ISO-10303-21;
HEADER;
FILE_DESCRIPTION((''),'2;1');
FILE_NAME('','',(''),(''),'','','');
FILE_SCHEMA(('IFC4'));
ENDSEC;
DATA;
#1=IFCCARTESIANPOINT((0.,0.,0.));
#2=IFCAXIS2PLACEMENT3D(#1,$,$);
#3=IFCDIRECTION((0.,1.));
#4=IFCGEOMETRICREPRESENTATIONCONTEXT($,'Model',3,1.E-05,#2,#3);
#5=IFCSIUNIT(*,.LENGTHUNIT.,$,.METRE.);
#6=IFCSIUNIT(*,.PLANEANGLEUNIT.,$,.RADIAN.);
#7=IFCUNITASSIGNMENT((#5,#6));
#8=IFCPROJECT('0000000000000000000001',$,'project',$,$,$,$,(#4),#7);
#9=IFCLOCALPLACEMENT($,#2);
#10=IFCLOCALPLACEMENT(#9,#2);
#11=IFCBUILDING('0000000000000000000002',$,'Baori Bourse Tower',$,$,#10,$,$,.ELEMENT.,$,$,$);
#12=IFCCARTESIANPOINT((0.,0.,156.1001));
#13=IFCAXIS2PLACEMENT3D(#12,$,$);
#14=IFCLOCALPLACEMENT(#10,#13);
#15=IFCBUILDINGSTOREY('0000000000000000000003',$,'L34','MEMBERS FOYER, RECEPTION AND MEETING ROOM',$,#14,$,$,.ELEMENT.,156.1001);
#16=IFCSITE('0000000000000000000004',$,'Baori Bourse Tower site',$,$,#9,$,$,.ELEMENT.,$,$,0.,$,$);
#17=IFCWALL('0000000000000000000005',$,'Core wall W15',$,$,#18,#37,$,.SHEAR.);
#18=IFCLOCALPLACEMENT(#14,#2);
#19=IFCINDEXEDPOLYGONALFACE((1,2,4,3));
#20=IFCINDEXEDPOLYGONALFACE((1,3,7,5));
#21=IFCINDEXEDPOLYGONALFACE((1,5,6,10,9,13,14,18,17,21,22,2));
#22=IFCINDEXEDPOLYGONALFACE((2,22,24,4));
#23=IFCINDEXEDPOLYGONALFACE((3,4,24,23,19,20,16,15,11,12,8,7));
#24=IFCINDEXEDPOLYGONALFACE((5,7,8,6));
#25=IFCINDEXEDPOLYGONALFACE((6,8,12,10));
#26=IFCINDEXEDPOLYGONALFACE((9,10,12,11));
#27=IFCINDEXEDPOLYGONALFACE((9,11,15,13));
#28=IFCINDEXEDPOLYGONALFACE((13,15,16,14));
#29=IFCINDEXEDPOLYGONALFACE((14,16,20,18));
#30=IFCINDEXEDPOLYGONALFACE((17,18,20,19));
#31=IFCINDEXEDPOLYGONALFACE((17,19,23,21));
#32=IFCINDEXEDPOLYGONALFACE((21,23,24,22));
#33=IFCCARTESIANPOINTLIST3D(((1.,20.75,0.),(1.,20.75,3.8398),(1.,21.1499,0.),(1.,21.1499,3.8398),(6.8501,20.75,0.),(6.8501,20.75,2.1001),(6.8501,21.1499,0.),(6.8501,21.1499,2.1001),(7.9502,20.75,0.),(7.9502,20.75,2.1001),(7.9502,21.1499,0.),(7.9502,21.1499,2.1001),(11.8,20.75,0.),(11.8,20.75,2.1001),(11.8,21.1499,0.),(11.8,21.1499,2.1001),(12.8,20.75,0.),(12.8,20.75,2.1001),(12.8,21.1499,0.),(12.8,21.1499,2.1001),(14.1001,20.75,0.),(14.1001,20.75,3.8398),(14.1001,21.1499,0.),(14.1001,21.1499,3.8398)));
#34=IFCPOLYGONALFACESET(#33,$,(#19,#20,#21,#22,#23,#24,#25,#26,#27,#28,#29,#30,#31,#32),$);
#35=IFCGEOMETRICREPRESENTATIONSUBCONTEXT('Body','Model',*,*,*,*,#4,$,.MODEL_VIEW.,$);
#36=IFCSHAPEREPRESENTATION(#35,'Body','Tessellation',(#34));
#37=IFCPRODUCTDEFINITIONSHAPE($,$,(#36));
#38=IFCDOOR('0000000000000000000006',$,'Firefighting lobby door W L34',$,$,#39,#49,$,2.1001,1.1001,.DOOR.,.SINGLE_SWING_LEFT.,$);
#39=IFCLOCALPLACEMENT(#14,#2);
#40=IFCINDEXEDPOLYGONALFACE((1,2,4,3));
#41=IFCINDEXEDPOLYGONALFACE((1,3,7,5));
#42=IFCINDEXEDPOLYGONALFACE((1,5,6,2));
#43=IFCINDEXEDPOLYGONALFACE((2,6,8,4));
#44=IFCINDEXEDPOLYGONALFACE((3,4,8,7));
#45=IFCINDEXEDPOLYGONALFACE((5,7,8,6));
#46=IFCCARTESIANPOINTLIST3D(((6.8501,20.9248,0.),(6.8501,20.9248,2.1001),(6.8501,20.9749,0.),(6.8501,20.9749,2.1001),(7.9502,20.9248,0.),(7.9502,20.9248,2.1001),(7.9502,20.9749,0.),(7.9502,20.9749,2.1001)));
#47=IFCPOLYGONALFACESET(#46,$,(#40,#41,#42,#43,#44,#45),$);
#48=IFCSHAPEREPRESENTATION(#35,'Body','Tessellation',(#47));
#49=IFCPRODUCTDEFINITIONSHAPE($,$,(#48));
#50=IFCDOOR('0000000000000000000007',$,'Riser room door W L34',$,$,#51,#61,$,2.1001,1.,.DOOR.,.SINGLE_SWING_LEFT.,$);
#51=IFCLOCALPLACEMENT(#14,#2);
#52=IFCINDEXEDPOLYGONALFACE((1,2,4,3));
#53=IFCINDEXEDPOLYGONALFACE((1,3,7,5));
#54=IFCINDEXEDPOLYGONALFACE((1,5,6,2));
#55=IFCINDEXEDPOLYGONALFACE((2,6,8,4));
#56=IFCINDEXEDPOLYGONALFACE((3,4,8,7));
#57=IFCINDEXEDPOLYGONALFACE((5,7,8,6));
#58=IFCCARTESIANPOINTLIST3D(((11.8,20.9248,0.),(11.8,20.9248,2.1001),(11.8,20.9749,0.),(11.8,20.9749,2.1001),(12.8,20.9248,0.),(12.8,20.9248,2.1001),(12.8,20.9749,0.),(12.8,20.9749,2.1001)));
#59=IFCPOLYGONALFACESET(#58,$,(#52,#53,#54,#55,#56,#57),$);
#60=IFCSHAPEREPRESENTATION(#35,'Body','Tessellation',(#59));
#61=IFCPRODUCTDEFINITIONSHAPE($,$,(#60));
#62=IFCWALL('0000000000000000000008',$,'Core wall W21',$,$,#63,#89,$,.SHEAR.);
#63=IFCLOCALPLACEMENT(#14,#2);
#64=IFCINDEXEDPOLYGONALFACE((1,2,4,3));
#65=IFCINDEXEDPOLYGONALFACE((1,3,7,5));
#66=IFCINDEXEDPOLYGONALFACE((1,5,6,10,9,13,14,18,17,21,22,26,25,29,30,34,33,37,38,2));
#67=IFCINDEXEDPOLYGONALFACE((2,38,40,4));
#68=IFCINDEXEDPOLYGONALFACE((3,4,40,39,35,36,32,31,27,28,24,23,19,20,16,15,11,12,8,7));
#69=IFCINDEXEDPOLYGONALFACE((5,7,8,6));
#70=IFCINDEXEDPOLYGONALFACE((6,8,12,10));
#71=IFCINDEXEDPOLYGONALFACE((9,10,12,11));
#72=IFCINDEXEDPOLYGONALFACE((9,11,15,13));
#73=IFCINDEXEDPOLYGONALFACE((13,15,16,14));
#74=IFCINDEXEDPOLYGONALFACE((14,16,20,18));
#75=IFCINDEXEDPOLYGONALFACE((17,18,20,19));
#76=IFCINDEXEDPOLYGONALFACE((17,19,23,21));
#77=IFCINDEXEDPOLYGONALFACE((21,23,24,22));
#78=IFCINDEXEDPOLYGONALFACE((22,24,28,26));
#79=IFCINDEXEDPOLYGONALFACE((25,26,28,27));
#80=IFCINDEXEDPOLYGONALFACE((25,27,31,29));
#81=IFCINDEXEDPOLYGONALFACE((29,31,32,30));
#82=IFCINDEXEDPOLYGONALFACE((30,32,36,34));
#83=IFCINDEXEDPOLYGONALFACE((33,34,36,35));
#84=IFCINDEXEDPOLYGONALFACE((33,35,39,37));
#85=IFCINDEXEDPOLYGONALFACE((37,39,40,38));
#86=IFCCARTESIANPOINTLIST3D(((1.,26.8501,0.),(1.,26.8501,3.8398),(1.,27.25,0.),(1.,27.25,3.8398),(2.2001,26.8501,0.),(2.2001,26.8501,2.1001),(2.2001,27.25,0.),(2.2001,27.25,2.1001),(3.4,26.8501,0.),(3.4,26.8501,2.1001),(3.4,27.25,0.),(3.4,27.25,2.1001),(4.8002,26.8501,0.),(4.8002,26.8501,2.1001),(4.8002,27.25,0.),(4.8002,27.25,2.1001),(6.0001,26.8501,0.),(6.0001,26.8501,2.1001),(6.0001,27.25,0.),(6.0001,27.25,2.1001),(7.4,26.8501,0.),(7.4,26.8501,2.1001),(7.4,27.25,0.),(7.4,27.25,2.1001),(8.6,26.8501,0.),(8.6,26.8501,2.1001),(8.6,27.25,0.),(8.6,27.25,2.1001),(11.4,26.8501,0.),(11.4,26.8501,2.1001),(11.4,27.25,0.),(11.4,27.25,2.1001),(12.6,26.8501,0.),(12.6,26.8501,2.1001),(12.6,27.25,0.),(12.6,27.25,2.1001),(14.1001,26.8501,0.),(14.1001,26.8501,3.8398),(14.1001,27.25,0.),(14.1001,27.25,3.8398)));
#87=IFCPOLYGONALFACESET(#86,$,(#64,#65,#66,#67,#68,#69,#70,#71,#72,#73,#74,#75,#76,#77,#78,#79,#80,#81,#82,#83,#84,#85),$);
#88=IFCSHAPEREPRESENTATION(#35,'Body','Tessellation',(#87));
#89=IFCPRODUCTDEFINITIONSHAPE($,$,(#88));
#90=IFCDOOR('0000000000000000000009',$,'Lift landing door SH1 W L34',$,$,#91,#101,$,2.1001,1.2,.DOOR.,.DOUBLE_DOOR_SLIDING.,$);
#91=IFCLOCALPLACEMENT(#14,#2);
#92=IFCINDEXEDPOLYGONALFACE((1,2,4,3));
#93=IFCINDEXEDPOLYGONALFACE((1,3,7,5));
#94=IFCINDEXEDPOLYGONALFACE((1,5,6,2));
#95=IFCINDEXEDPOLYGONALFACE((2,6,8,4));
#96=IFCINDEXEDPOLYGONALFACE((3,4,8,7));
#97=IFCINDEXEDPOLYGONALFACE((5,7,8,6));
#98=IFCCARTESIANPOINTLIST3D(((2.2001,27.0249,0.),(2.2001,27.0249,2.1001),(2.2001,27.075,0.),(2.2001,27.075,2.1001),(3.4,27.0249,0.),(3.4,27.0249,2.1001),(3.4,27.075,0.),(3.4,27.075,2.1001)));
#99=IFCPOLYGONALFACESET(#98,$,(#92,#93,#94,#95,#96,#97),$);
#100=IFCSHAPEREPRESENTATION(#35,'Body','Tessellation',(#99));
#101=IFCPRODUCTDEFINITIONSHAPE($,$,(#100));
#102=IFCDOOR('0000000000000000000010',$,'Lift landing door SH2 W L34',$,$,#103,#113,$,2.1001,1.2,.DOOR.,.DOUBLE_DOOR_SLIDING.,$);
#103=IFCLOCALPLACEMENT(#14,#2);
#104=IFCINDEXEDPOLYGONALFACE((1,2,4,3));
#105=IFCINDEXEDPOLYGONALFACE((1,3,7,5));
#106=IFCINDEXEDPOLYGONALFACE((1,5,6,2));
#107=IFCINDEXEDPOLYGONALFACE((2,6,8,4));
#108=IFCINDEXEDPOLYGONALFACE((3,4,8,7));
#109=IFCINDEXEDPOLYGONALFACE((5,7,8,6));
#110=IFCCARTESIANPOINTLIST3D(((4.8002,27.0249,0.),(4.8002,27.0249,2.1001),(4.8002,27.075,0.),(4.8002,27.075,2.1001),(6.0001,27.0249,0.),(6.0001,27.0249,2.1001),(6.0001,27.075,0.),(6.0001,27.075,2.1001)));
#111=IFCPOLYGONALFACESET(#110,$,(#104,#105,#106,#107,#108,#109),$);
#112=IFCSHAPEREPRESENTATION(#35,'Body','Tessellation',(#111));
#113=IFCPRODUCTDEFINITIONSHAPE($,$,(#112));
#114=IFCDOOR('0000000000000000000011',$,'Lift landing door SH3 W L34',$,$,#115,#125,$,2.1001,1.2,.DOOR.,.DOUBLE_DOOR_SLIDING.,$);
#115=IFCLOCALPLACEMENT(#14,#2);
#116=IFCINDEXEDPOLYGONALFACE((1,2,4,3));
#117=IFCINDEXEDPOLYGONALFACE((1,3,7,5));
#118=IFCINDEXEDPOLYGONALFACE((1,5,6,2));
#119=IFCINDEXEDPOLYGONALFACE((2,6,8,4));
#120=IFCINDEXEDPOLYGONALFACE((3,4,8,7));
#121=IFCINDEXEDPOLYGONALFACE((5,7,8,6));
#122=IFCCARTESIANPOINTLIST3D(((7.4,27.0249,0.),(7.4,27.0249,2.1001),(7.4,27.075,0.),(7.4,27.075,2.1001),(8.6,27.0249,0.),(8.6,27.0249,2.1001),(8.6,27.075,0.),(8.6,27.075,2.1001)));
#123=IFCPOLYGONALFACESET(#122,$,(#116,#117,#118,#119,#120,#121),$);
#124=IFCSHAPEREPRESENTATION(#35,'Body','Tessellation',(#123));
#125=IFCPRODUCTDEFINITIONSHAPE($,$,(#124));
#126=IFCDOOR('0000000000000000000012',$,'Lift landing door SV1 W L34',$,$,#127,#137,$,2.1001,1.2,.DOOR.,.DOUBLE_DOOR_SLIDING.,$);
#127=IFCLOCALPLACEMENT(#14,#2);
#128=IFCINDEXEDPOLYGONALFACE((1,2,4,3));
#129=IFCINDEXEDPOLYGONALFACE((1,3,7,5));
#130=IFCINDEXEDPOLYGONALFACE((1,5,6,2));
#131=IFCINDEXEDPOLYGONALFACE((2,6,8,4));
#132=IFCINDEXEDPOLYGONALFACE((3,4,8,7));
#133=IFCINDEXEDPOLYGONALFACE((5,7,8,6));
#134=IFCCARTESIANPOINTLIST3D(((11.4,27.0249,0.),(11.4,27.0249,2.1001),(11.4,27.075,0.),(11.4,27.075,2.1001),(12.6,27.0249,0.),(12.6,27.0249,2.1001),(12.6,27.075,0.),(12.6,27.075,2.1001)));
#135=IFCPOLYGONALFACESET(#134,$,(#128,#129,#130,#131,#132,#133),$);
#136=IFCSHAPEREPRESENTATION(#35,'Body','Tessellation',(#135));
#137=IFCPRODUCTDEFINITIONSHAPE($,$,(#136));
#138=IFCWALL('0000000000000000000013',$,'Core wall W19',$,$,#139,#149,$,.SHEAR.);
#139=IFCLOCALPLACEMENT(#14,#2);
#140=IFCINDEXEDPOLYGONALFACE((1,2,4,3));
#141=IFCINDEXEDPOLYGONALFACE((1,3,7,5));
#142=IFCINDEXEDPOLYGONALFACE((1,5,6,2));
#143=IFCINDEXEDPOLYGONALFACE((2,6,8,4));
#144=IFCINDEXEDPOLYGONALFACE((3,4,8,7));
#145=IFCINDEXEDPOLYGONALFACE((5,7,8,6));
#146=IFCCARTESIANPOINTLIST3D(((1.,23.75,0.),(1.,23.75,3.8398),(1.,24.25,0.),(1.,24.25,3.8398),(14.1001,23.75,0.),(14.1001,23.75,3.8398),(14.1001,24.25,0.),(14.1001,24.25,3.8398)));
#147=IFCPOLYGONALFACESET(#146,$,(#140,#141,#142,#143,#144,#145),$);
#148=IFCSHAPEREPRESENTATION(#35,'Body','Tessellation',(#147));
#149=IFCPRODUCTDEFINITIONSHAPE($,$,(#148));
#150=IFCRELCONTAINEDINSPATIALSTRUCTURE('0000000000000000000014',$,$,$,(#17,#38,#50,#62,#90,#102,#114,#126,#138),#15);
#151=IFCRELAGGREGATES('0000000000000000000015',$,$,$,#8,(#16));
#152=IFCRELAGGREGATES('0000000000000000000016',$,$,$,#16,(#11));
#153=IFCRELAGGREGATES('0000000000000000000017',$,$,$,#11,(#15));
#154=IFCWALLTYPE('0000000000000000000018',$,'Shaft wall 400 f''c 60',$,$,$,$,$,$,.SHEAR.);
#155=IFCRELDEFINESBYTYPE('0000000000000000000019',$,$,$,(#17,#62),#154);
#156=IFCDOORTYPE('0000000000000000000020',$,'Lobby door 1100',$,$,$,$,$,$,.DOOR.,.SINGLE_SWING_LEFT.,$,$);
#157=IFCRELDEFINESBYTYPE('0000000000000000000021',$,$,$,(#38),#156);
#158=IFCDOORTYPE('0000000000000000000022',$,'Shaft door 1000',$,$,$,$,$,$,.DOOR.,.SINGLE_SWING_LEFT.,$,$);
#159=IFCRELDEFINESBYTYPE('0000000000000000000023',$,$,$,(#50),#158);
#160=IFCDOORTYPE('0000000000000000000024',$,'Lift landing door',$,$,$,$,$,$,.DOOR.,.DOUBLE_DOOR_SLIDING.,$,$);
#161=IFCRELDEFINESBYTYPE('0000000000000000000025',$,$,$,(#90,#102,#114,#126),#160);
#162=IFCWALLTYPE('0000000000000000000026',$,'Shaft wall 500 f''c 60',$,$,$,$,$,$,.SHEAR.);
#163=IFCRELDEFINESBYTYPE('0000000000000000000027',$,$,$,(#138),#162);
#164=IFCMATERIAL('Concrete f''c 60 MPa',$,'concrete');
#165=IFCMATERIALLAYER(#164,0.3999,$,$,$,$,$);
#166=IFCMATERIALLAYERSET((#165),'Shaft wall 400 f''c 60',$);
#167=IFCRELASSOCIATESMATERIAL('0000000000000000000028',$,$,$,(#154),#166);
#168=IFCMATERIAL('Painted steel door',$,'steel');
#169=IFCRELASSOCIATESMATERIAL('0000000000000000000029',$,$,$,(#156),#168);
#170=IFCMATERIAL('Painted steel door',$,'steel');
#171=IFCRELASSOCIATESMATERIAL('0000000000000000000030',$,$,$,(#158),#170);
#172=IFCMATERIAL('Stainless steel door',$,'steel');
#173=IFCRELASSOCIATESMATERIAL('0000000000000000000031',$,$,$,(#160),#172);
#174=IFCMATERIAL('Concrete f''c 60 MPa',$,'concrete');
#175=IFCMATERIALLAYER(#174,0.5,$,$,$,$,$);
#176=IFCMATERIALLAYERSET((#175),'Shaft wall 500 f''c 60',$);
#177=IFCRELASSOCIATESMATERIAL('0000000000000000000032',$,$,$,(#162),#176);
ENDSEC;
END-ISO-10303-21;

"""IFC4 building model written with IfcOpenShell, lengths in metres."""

from ifc_helpers import new_model, si_unit, direction, frame, frame_2d, origin, place, context, subcontext, project, spatial, rectangle, extrude, material, layer, layer_set, type_object, element, fill, save


model = new_model("IFC4")

# Units and contexts
model_context = context("Model", 3, precision=1e-05, world=origin(), true_north=direction((0.0, 1.0)))
body_context = subcontext(model_context, "Body", "Model", "MODEL_VIEW")
ifc_project = project(units=[si_unit("LENGTHUNIT", "METRE"), si_unit("PLANEANGLEUNIT", "RADIAN")], contexts=[model_context])

# Site, building, storey
site_placement = place(None, origin())
site = spatial("IfcSite", under=ifc_project, at=site_placement, Name="Baori Bourse Tower site", CompositionType="ELEMENT", RefElevation=0.0)
building_placement = place(site_placement, origin())
building = spatial("IfcBuilding", under=site, at=building_placement, Name="Baori Bourse Tower", CompositionType="ELEMENT")
storey_placement = place(building_placement, frame((0.0, 0.0, 156.1001)))
storey = spatial("IfcBuildingStorey", under=building, at=storey_placement, Name="L34", Description="MEMBERS FOYER, RECEPTION AND MEETING ROOM", CompositionType="ELEMENT", Elevation=156.1001)

# Shared definitions
ifc_material_1 = material(Name="Concrete f'c 60 MPa", Category="concrete")
ifc_layer_1 = layer(ifc_material_1, 0.3999)
ifc_layer_set_1 = layer_set([ifc_layer_1], Name="Shaft wall 400 f'c 60")
wall_type_1 = type_object("IfcWallType", Name="Shaft wall 400 f'c 60", PredefinedType="SHEAR", material=ifc_layer_set_1)

# Walls, openings, doors
wall_1_placement = place(storey_placement, frame((1.0, 20.95, 0.0), z_axis=(0.0, 0.0, 1.0), x_axis=(1.0, 0.0, 0.0)))
wall_1 = element("IfcWall", 1, at=wall_1_placement, inside=storey, type_object=wall_type_1, Name="Core wall W15", PredefinedType="SHEAR", context=body_context, shape_type="SweptSolid", body=[
    extrude(rectangle(XDim=13.1001, YDim=0.3999, at=frame_2d((6.55, 0.0))), origin(), (0.0, 0.0, 1.0), 3.8398),
])
opening_1_placement = place(wall_1_placement, frame((5.8501, 0.0, 0.0)))
opening_1 = element("IfcOpeningElement", 2, at=opening_1_placement, cuts=wall_1, PredefinedType="OPENING", context=body_context, shape_type="SweptSolid", body=[
    extrude(rectangle(XDim=1.1001, YDim=2.1001, at=frame_2d((0.55, 1.05))), frame((0.0, 0.21, 0.0), z_axis=(0.0, -1.0, 0.0), x_axis=(1.0, 0.0, 0.0)), (0.0, 0.0, 1.0), 0.4199),
])
opening_2_placement = place(wall_1_placement, frame((10.8, 0.0, 0.0)))
opening_2 = element("IfcOpeningElement", 3, at=opening_2_placement, cuts=wall_1, PredefinedType="OPENING", context=body_context, shape_type="SweptSolid", body=[
    extrude(rectangle(XDim=1.0, YDim=2.1001, at=frame_2d((0.5, 1.05))), frame((0.0, 0.21, 0.0), z_axis=(0.0, -1.0, 0.0), x_axis=(1.0, 0.0, 0.0)), (0.0, 0.0, 1.0), 0.4199),
])
ifc_material_2 = material(Name="Painted steel door", Category="steel")
door_type_1 = type_object("IfcDoorType", Name="Lobby door 1100", OperationType="SINGLE_SWING_LEFT", PredefinedType="DOOR", material=ifc_material_2)
door_1_placement = place(opening_1_placement, origin())
door_1 = element("IfcDoor", 4, at=door_1_placement, inside=storey, type_object=door_type_1, Name="Firefighting lobby door W L34", OperationType="SINGLE_SWING_LEFT", OverallHeight=2.1001, OverallWidth=1.1001, PredefinedType="DOOR", context=body_context, shape_type="SweptSolid", body=[
    extrude(rectangle(XDim=1.1001, YDim=2.1001, at=frame_2d((0.55, 1.05))), frame((0.0, 0.0249, 0.0), z_axis=(0.0, -1.0, 0.0), x_axis=(1.0, 0.0, 0.0)), (0.0, 0.0, 1.0), 0.05),
])
fill(opening_1, door_1)
ifc_material_3 = material(Name="Painted steel door", Category="steel")
door_type_2 = type_object("IfcDoorType", Name="Shaft door 1000", OperationType="SINGLE_SWING_LEFT", PredefinedType="DOOR", material=ifc_material_3)
door_2_placement = place(opening_2_placement, origin())
door_2 = element("IfcDoor", 5, at=door_2_placement, inside=storey, type_object=door_type_2, Name="Riser room door W L34", OperationType="SINGLE_SWING_LEFT", OverallHeight=2.1001, OverallWidth=1.0, PredefinedType="DOOR", context=body_context, shape_type="SweptSolid", body=[
    extrude(rectangle(XDim=1.0, YDim=2.1001, at=frame_2d((0.5, 1.05))), frame((0.0, 0.0249, 0.0), z_axis=(0.0, -1.0, 0.0), x_axis=(1.0, 0.0, 0.0)), (0.0, 0.0, 1.0), 0.05),
])
fill(opening_2, door_2)
wall_2_placement = place(storey_placement, frame((1.0, 27.05, 0.0), z_axis=(0.0, 0.0, 1.0), x_axis=(1.0, 0.0, 0.0)))
wall_2 = element("IfcWall", 6, at=wall_2_placement, inside=storey, type_object=wall_type_1, Name="Core wall W21", PredefinedType="SHEAR", context=body_context, shape_type="SweptSolid", body=[
    extrude(rectangle(XDim=13.1001, YDim=0.3999, at=frame_2d((6.55, 0.0))), origin(), (0.0, 0.0, 1.0), 3.8398),
])
opening_3_placement = place(wall_2_placement, frame((1.2, 0.0, 0.0)))
opening_3 = element("IfcOpeningElement", 7, at=opening_3_placement, cuts=wall_2, PredefinedType="OPENING", context=body_context, shape_type="SweptSolid", body=[
    extrude(rectangle(XDim=1.2, YDim=2.1001, at=frame_2d((0.6001, 1.05))), frame((0.0, 0.21, 0.0), z_axis=(0.0, -1.0, 0.0), x_axis=(1.0, 0.0, 0.0)), (0.0, 0.0, 1.0), 0.4199),
])
opening_4_placement = place(wall_2_placement, frame((3.8, 0.0, 0.0)))
opening_4 = element("IfcOpeningElement", 8, at=opening_4_placement, cuts=wall_2, PredefinedType="OPENING", context=body_context, shape_type="SweptSolid", body=[
    extrude(rectangle(XDim=1.2, YDim=2.1001, at=frame_2d((0.6001, 1.05))), frame((0.0, 0.21, 0.0), z_axis=(0.0, -1.0, 0.0), x_axis=(1.0, 0.0, 0.0)), (0.0, 0.0, 1.0), 0.4199),
])
opening_5_placement = place(wall_2_placement, frame((6.3999, 0.0, 0.0)))
opening_5 = element("IfcOpeningElement", 9, at=opening_5_placement, cuts=wall_2, PredefinedType="OPENING", context=body_context, shape_type="SweptSolid", body=[
    extrude(rectangle(XDim=1.2, YDim=2.1001, at=frame_2d((0.6001, 1.05))), frame((0.0, 0.21, 0.0), z_axis=(0.0, -1.0, 0.0), x_axis=(1.0, 0.0, 0.0)), (0.0, 0.0, 1.0), 0.4199),
])
opening_6_placement = place(wall_2_placement, frame((10.3999, 0.0, 0.0)))
opening_6 = element("IfcOpeningElement", 10, at=opening_6_placement, cuts=wall_2, PredefinedType="OPENING", context=body_context, shape_type="SweptSolid", body=[
    extrude(rectangle(XDim=1.2, YDim=2.1001, at=frame_2d((0.6001, 1.05))), frame((0.0, 0.21, 0.0), z_axis=(0.0, -1.0, 0.0), x_axis=(1.0, 0.0, 0.0)), (0.0, 0.0, 1.0), 0.4199),
])
ifc_material_4 = material(Name="Stainless steel door", Category="steel")
door_type_3 = type_object("IfcDoorType", Name="Lift landing door", OperationType="DOUBLE_DOOR_SLIDING", PredefinedType="DOOR", material=ifc_material_4)
door_3_placement = place(opening_3_placement, origin())
door_3 = element("IfcDoor", 11, at=door_3_placement, inside=storey, type_object=door_type_3, Name="Lift landing door SH1 W L34", OperationType="DOUBLE_DOOR_SLIDING", OverallHeight=2.1001, OverallWidth=1.2, PredefinedType="DOOR", context=body_context, shape_type="SweptSolid", body=[
    extrude(rectangle(XDim=1.2, YDim=2.1001, at=frame_2d((0.6001, 1.05))), frame((0.0, 0.0249, 0.0), z_axis=(0.0, -1.0, 0.0), x_axis=(1.0, 0.0, 0.0)), (0.0, 0.0, 1.0), 0.05),
])
fill(opening_3, door_3)
door_4_placement = place(opening_4_placement, origin())
door_4 = element("IfcDoor", 12, at=door_4_placement, inside=storey, type_object=door_type_3, Name="Lift landing door SH2 W L34", OperationType="DOUBLE_DOOR_SLIDING", OverallHeight=2.1001, OverallWidth=1.2, PredefinedType="DOOR", context=body_context, shape_type="SweptSolid", body=[
    extrude(rectangle(XDim=1.2, YDim=2.1001, at=frame_2d((0.6001, 1.05))), frame((0.0, 0.0249, 0.0), z_axis=(0.0, -1.0, 0.0), x_axis=(1.0, 0.0, 0.0)), (0.0, 0.0, 1.0), 0.05),
])
fill(opening_4, door_4)
door_5_placement = place(opening_5_placement, origin())
door_5 = element("IfcDoor", 13, at=door_5_placement, inside=storey, type_object=door_type_3, Name="Lift landing door SH3 W L34", OperationType="DOUBLE_DOOR_SLIDING", OverallHeight=2.1001, OverallWidth=1.2, PredefinedType="DOOR", context=body_context, shape_type="SweptSolid", body=[
    extrude(rectangle(XDim=1.2, YDim=2.1001, at=frame_2d((0.6001, 1.05))), frame((0.0, 0.0249, 0.0), z_axis=(0.0, -1.0, 0.0), x_axis=(1.0, 0.0, 0.0)), (0.0, 0.0, 1.0), 0.05),
])
fill(opening_5, door_5)
door_6_placement = place(opening_6_placement, origin())
door_6 = element("IfcDoor", 14, at=door_6_placement, inside=storey, type_object=door_type_3, Name="Lift landing door SV1 W L34", OperationType="DOUBLE_DOOR_SLIDING", OverallHeight=2.1001, OverallWidth=1.2, PredefinedType="DOOR", context=body_context, shape_type="SweptSolid", body=[
    extrude(rectangle(XDim=1.2, YDim=2.1001, at=frame_2d((0.6001, 1.05))), frame((0.0, 0.0249, 0.0), z_axis=(0.0, -1.0, 0.0), x_axis=(1.0, 0.0, 0.0)), (0.0, 0.0, 1.0), 0.05),
])
fill(opening_6, door_6)

# Wall
ifc_material_5 = material(Name="Concrete f'c 60 MPa", Category="concrete")
ifc_layer_2 = layer(ifc_material_5, 0.5)
ifc_layer_set_2 = layer_set([ifc_layer_2], Name="Shaft wall 500 f'c 60")
wall_type_2 = type_object("IfcWallType", Name="Shaft wall 500 f'c 60", PredefinedType="SHEAR", material=ifc_layer_set_2)
wall_3_placement = place(storey_placement, frame((1.0, 24.0, 0.0), z_axis=(0.0, 0.0, 1.0), x_axis=(1.0, 0.0, 0.0)))
element("IfcWall", 15, at=wall_3_placement, inside=storey, type_object=wall_type_2, Name="Core wall W19", PredefinedType="SHEAR", context=body_context, shape_type="SweptSolid", body=[
    extrude(rectangle(XDim=13.1001, YDim=0.5, at=frame_2d((6.55, 0.0))), origin(), (0.0, 0.0, 1.0), 3.8398),
])

save(model, "model.ifc")
